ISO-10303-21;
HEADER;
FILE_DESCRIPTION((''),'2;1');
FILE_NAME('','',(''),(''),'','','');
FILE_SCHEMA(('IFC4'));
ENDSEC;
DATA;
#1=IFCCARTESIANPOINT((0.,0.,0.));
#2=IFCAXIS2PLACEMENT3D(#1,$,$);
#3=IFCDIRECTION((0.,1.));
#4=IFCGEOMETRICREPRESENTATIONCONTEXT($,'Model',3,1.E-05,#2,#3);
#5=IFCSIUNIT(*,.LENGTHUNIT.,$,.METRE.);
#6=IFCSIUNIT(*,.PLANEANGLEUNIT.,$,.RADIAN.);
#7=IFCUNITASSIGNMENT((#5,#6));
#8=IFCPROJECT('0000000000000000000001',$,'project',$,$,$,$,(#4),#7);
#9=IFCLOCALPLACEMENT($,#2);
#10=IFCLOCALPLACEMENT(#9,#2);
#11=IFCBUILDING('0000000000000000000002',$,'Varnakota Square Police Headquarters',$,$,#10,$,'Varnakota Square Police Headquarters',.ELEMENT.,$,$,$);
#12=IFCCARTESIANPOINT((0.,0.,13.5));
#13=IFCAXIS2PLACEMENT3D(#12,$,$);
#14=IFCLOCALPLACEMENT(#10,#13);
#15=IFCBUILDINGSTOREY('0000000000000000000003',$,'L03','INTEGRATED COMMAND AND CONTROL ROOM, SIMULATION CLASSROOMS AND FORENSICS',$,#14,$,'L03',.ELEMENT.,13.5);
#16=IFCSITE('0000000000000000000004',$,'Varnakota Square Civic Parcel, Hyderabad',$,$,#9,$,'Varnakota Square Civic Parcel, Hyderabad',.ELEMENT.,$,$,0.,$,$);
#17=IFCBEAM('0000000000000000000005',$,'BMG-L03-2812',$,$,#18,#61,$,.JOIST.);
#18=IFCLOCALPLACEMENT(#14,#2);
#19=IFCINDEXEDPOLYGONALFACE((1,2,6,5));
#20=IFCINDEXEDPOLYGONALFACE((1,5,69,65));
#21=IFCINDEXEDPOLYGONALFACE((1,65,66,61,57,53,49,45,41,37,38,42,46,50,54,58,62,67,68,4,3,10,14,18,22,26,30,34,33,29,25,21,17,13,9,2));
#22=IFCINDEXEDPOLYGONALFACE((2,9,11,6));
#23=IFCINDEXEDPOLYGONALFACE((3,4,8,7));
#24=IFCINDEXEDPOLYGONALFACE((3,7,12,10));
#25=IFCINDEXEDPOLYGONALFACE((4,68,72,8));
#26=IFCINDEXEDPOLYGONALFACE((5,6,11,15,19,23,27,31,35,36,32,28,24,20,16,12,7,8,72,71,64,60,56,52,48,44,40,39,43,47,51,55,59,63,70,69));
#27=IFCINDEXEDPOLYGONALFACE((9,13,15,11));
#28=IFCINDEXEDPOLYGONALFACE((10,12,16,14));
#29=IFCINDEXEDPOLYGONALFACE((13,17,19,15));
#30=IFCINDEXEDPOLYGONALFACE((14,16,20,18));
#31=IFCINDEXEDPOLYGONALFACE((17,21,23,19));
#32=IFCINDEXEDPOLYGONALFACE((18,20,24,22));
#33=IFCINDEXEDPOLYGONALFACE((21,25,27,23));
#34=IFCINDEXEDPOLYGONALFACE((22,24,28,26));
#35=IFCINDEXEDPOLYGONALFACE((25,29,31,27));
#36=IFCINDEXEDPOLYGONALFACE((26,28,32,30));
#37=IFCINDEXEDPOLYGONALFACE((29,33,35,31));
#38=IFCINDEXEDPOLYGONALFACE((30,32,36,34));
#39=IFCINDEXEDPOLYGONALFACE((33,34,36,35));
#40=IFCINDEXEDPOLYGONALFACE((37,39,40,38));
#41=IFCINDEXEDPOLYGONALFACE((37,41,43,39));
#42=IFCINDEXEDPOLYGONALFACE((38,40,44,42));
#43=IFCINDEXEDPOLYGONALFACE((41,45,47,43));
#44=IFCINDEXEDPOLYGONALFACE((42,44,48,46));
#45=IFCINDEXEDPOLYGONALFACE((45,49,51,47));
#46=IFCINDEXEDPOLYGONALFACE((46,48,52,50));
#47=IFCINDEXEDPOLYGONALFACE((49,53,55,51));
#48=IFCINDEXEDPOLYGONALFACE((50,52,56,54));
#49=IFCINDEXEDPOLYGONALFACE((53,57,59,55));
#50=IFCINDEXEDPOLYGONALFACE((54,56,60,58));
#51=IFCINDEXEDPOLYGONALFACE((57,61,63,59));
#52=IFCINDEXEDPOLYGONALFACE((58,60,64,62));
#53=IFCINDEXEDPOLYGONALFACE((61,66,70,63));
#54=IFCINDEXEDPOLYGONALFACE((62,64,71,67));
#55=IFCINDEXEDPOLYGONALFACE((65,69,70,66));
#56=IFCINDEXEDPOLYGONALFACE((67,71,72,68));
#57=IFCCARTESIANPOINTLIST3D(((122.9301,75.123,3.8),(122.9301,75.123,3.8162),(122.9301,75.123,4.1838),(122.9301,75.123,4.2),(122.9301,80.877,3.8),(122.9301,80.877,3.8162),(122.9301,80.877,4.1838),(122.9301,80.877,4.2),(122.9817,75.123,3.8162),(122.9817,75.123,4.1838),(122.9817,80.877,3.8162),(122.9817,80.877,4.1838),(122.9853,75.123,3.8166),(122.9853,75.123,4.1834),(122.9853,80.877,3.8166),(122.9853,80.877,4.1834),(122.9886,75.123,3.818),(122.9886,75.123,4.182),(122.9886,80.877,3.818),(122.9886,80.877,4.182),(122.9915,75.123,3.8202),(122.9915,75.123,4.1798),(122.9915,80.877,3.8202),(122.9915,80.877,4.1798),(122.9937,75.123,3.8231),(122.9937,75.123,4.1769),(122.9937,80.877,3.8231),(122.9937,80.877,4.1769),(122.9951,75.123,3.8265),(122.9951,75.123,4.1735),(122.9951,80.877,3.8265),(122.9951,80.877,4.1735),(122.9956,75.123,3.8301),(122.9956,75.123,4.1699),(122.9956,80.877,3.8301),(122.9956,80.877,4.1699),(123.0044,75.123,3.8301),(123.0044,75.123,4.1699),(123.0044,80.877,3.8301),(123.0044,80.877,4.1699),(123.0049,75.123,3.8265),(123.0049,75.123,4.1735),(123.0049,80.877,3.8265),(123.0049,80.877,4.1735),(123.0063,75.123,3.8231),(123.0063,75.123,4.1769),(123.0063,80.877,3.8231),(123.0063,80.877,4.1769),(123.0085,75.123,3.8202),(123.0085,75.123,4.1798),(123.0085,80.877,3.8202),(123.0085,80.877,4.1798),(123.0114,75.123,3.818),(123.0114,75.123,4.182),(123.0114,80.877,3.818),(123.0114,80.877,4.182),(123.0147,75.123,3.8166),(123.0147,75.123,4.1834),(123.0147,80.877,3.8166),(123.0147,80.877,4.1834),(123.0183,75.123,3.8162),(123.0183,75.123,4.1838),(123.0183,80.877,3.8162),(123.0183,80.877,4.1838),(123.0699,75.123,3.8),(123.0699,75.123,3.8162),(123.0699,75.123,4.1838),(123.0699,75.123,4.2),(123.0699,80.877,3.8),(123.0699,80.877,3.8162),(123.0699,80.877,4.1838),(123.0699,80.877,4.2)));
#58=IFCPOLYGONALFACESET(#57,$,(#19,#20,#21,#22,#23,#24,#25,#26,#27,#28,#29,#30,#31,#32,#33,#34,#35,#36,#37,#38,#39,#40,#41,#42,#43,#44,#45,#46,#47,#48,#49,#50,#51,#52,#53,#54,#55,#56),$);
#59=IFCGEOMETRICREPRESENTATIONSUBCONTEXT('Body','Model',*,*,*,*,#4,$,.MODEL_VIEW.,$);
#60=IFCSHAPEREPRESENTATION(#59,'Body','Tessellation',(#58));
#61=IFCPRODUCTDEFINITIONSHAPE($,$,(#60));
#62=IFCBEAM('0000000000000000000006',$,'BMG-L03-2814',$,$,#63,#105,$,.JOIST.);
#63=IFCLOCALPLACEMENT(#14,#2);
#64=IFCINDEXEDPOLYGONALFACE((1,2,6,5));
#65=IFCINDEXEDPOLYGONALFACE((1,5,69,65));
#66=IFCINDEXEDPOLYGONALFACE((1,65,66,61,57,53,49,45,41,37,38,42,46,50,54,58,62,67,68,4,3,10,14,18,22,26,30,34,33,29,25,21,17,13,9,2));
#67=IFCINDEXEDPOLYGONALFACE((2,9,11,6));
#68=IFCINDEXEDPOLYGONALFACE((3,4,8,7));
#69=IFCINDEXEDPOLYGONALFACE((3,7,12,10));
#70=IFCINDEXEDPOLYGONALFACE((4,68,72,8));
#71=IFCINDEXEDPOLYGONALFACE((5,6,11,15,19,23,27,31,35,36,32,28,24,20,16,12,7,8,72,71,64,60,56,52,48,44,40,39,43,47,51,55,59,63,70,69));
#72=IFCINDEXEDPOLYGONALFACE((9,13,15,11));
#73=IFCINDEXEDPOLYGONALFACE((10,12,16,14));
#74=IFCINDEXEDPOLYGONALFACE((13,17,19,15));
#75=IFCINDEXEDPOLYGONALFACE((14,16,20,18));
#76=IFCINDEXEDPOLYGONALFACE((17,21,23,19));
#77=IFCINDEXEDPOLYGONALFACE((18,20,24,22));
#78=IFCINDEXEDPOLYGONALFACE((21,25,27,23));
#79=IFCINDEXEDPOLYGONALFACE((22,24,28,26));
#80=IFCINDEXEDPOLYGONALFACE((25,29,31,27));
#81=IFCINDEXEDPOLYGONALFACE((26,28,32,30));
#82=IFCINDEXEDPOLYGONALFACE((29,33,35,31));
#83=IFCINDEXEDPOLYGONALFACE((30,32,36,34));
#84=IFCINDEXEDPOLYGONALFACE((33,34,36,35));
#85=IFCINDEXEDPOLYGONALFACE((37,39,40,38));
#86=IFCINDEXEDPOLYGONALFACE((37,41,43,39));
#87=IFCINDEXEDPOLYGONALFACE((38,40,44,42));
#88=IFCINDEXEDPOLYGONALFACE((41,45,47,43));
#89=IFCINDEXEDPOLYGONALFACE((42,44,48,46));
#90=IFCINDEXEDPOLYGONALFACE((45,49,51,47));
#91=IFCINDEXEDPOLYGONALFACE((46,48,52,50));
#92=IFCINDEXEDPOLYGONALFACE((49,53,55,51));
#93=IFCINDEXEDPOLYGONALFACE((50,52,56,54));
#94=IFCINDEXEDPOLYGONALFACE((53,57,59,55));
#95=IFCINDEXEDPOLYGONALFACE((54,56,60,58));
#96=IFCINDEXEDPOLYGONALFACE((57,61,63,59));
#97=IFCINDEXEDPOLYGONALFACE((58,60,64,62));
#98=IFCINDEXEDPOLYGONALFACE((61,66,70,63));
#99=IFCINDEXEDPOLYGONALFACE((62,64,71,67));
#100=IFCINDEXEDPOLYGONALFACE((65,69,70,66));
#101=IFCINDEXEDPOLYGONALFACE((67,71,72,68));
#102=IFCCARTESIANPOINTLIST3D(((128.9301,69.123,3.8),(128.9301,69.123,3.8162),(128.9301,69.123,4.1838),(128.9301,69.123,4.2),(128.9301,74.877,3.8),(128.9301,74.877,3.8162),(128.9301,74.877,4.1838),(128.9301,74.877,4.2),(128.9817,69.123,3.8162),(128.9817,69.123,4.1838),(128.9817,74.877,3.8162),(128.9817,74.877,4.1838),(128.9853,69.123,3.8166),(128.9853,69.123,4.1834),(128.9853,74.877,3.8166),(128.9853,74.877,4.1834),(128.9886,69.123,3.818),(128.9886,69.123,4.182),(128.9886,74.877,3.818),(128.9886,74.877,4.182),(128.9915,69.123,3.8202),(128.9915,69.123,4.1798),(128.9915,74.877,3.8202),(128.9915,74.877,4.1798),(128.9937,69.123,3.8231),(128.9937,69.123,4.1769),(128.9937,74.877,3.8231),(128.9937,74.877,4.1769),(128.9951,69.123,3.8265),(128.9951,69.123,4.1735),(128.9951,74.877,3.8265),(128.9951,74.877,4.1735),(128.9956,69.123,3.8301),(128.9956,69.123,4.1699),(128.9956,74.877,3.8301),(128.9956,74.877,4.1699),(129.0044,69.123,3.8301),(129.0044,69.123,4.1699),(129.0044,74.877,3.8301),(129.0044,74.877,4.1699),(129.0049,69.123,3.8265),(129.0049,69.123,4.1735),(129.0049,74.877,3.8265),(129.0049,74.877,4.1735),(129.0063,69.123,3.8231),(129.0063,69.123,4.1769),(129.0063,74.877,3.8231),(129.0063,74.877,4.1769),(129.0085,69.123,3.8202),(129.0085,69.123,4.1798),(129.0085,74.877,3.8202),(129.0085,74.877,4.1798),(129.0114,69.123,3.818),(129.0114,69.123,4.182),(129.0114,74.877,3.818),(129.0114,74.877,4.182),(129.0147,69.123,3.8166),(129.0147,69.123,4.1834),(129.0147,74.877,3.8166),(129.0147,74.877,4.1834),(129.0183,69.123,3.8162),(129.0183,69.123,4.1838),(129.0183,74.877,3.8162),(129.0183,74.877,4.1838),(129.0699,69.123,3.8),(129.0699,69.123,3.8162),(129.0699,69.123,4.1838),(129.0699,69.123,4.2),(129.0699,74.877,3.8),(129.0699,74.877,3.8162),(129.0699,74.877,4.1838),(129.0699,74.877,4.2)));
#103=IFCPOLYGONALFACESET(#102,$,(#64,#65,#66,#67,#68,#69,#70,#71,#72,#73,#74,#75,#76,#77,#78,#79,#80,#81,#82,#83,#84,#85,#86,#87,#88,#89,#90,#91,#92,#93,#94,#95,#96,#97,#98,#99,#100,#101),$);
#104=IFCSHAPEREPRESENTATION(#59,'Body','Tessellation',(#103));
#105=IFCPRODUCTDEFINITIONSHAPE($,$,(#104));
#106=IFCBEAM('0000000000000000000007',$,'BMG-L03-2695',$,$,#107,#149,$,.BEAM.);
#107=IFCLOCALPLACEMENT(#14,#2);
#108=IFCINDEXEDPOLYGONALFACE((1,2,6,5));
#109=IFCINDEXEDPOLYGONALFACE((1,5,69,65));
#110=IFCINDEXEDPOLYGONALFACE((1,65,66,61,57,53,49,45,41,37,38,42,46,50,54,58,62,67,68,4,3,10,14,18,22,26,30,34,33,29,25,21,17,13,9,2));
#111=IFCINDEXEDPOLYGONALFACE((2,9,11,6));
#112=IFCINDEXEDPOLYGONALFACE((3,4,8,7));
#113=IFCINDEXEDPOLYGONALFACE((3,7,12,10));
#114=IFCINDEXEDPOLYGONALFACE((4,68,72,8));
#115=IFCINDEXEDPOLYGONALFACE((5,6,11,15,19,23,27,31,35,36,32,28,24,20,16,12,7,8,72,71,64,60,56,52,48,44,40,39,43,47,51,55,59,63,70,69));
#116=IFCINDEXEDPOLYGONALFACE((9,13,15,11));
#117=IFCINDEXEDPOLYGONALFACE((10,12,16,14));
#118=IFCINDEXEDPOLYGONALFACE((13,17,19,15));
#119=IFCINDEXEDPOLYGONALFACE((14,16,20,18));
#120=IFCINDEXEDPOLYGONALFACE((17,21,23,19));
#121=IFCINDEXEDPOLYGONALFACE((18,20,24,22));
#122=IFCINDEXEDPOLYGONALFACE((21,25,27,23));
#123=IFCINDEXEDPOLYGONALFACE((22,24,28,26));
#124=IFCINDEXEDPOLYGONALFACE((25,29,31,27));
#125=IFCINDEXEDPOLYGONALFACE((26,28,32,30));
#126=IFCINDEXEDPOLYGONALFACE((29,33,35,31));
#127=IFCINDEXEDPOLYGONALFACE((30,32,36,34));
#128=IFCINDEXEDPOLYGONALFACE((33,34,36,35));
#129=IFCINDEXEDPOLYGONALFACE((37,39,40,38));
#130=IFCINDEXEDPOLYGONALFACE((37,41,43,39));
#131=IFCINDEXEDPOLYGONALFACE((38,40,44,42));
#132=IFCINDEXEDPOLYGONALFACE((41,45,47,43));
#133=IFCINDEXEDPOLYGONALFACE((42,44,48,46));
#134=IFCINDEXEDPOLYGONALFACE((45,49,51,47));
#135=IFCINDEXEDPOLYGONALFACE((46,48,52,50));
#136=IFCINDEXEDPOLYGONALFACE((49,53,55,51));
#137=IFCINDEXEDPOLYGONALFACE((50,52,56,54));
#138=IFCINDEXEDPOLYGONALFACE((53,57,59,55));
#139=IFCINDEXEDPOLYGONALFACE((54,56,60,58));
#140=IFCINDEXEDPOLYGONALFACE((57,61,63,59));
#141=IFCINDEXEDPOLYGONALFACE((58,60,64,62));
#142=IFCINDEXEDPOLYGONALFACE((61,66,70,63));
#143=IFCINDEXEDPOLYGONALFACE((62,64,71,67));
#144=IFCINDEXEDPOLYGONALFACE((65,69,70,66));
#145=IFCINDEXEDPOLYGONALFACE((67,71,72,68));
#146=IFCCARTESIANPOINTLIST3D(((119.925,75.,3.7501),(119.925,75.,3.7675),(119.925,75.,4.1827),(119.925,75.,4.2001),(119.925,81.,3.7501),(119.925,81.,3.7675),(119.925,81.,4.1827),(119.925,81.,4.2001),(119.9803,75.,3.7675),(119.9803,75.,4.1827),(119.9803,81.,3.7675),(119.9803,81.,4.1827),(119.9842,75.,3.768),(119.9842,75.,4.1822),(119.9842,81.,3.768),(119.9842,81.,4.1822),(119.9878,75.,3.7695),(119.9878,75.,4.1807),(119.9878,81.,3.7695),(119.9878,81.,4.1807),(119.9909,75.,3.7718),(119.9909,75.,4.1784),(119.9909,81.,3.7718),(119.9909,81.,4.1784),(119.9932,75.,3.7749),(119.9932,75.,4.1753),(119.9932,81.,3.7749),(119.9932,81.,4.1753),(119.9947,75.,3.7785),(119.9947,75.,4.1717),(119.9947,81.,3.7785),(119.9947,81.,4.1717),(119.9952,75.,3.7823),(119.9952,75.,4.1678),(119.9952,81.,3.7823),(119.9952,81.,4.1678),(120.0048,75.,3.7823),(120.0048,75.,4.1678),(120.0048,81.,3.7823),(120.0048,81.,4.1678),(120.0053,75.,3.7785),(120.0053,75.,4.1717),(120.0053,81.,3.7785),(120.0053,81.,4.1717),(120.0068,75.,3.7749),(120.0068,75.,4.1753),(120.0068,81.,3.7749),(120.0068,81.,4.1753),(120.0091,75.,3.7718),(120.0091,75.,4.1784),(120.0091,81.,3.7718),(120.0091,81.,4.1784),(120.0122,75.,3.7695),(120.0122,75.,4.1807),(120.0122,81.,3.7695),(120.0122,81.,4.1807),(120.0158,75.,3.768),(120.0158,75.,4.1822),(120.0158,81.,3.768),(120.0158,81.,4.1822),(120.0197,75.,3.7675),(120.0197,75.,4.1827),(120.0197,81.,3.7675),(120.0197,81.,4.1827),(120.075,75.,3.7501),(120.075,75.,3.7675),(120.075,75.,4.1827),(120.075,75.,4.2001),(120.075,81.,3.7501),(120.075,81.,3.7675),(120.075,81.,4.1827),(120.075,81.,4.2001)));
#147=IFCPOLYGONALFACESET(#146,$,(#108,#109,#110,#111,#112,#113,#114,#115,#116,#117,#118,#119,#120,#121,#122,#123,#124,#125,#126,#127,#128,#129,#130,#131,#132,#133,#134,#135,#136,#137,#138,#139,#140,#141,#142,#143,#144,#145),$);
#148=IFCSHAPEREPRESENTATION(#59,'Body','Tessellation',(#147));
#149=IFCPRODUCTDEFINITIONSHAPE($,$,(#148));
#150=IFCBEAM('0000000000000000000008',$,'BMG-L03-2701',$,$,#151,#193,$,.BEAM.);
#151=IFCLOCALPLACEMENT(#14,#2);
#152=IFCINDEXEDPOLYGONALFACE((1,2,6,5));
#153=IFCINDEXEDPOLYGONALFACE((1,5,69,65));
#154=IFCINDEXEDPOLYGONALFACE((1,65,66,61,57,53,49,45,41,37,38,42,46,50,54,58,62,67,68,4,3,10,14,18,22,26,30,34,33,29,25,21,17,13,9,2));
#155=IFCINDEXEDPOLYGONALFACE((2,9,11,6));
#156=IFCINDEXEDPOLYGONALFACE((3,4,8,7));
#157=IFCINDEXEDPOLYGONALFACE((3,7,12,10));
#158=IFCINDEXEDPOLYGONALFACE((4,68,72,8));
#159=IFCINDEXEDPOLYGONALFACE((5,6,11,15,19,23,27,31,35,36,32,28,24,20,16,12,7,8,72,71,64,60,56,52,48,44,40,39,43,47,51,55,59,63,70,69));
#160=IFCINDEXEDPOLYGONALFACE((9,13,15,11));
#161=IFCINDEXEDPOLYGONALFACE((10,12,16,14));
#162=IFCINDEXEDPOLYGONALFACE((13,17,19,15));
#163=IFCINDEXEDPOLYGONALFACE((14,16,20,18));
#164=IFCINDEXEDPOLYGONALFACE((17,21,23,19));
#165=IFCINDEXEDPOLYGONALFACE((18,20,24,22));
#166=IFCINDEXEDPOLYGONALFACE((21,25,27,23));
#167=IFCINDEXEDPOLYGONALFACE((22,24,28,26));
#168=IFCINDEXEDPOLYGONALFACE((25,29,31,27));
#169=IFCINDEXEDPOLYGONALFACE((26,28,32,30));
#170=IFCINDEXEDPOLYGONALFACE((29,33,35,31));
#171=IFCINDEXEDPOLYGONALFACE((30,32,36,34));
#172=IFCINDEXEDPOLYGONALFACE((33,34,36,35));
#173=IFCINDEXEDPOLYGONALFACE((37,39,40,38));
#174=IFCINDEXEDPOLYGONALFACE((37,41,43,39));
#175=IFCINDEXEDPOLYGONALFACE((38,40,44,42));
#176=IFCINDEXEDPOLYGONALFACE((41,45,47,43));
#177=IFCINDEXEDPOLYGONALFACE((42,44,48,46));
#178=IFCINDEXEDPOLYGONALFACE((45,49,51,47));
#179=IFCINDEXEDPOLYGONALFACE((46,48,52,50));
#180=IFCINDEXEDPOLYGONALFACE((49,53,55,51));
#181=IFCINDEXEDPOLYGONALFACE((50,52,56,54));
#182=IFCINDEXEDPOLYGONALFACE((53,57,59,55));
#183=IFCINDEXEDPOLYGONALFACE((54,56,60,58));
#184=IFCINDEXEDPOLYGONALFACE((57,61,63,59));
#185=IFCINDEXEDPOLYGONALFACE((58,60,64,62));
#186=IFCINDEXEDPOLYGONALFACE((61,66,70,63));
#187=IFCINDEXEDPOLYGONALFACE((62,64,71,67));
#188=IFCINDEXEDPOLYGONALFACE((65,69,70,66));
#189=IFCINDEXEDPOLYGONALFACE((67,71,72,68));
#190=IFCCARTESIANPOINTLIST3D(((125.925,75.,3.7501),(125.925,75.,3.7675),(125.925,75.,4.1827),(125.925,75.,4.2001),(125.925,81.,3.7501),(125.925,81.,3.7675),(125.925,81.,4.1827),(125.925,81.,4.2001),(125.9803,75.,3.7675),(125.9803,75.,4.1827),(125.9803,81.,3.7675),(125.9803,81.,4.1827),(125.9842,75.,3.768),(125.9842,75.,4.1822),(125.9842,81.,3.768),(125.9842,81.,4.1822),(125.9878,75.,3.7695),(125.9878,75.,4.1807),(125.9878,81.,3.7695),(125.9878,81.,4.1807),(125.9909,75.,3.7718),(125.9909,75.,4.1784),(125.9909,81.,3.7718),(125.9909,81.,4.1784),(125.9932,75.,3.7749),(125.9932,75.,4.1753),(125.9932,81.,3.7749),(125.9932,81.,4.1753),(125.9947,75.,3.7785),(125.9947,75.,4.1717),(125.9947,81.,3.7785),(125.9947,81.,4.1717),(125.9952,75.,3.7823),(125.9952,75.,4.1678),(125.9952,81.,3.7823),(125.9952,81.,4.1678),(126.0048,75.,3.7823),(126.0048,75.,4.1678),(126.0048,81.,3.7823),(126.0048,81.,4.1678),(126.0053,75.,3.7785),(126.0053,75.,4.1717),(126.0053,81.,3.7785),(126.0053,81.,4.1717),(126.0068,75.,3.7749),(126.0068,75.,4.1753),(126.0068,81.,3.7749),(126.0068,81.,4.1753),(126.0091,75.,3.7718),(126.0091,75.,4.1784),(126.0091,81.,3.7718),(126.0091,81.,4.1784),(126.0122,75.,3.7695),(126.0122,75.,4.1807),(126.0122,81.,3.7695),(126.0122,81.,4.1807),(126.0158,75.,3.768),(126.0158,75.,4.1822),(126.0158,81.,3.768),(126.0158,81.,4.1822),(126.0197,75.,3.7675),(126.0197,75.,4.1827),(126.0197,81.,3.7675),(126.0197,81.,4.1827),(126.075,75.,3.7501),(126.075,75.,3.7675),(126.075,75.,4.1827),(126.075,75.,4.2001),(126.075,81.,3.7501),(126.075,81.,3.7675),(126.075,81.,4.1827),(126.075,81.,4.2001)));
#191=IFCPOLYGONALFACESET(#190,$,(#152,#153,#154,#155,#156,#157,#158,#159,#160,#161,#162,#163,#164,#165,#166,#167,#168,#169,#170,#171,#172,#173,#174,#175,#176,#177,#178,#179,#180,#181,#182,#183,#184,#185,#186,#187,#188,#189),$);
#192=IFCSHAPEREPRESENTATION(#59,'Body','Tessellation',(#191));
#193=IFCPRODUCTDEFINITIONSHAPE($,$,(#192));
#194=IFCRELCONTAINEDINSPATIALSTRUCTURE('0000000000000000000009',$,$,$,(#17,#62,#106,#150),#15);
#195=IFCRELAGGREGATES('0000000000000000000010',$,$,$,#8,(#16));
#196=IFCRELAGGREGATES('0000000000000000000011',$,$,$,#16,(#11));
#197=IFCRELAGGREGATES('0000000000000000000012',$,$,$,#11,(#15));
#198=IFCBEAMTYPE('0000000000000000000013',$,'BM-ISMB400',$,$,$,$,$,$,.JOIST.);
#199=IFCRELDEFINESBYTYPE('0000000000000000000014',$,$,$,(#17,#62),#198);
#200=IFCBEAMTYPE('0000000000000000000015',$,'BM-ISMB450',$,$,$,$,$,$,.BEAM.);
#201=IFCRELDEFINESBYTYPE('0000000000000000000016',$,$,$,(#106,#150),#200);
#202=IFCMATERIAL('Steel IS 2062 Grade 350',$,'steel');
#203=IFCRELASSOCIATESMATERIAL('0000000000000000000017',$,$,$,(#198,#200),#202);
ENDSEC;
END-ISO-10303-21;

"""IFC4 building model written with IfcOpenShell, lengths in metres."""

from ifc_helpers import new_model, si_unit, direction, frame, origin, origin_2d, place, context, subcontext, project, spatial, i_section, extrude, material, material_profile, profile_set, type_object, element, save


model = new_model("IFC4")

# Units and contexts
model_context = context("Model", 3, precision=1e-05, world=origin(), true_north=direction((0.0, 1.0)))
body_context = subcontext(model_context, "Body", "Model", "MODEL_VIEW")
ifc_project = project(units=[si_unit("LENGTHUNIT", "METRE"), si_unit("PLANEANGLEUNIT", "RADIAN")], contexts=[model_context])

# Site, building, storey
site_placement = place(None, origin())
site = spatial("IfcSite", under=ifc_project, at=site_placement, Name="Varnakota Square Civic Parcel, Hyderabad", LongName="Varnakota Square Civic Parcel, Hyderabad", CompositionType="ELEMENT", RefElevation=0.0)
building_placement = place(site_placement, origin())
building = spatial("IfcBuilding", under=site, at=building_placement, Name="Varnakota Square Police Headquarters", LongName="Varnakota Square Police Headquarters", CompositionType="ELEMENT")
storey_placement = place(building_placement, frame((0.0, 0.0, 13.5)))
storey = spatial("IfcBuildingStorey", under=building, at=storey_placement, Name="L03", Description="INTEGRATED COMMAND AND CONTROL ROOM, SIMULATION CLASSROOMS AND FORENSICS", LongName="L03", CompositionType="ELEMENT", Elevation=13.5)

# Shared definitions
ifc_material_1 = material(Name="Steel IS 2062 Grade 350", Category="steel")

# Beams
ifc_material_profile_1 = material_profile(ifc_material_1, i_section(OverallWidth=0.1399, OverallDepth=0.3999, WebThickness=0.0088, FlangeThickness=0.0161, FilletRadius=0.0139, at=origin_2d()), Name="ISMB 400")
ifc_profile_set_1 = profile_set([ifc_material_profile_1], Name="Steel IS 2062 Grade 350")
beam_type_1 = type_object("IfcBeamType", Name="BM-ISMB400", PredefinedType="JOIST", material=ifc_profile_set_1)
for number, where, z_axis, x_axis, name in (
    (1, (123.0, 75.123, 4.0), (0.0, 1.0, 0.0), (-1.0, 0.0, 0.0), "BMG-L03-2812"),
    (2, (129.0, 69.123, 4.0), (0.0, 1.0, 0.0), (-1.0, 0.0, 0.0), "BMG-L03-2814"),
):
    element("IfcBeam", number, at=place(storey_placement, frame(where, z_axis=z_axis, x_axis=x_axis)), inside=storey, type_object=beam_type_1, Name=name, PredefinedType="JOIST", context=body_context, shape_type="SweptSolid", body=[
        extrude(i_section(OverallWidth=0.1399, OverallDepth=0.3999, WebThickness=0.0088, FlangeThickness=0.0161, FilletRadius=0.0139, at=origin_2d()), origin(), (0.0, 0.0, 1.0), 5.7539),
    ])
ifc_material_profile_2 = material_profile(ifc_material_1, i_section(OverallWidth=0.1499, OverallDepth=0.45, WebThickness=0.0095, FlangeThickness=0.0173, FilletRadius=0.0149, at=origin_2d()), Name="ISMB 450")
ifc_profile_set_2 = profile_set([ifc_material_profile_2], Name="Steel IS 2062 Grade 350")
beam_type_2 = type_object("IfcBeamType", Name="BM-ISMB450", PredefinedType="BEAM", material=ifc_profile_set_2)
for number, where, z_axis, x_axis, name in (
    (3, (120.0, 75.0, 3.9751), (0.0, 1.0, 0.0), (-1.0, 0.0, 0.0), "BMG-L03-2695"),
    (4, (126.0, 75.0, 3.9751), (0.0, 1.0, 0.0), (-1.0, 0.0, 0.0), "BMG-L03-2701"),
):
    element("IfcBeam", number, at=place(storey_placement, frame(where, z_axis=z_axis, x_axis=x_axis)), inside=storey, type_object=beam_type_2, Name=name, PredefinedType="BEAM", context=body_context, shape_type="SweptSolid", body=[
        extrude(i_section(OverallWidth=0.1499, OverallDepth=0.45, WebThickness=0.0095, FlangeThickness=0.0173, FilletRadius=0.0149, at=origin_2d()), origin(), (0.0, 0.0, 1.0), 6.0),
    ])

save(model, "model.ifc")
